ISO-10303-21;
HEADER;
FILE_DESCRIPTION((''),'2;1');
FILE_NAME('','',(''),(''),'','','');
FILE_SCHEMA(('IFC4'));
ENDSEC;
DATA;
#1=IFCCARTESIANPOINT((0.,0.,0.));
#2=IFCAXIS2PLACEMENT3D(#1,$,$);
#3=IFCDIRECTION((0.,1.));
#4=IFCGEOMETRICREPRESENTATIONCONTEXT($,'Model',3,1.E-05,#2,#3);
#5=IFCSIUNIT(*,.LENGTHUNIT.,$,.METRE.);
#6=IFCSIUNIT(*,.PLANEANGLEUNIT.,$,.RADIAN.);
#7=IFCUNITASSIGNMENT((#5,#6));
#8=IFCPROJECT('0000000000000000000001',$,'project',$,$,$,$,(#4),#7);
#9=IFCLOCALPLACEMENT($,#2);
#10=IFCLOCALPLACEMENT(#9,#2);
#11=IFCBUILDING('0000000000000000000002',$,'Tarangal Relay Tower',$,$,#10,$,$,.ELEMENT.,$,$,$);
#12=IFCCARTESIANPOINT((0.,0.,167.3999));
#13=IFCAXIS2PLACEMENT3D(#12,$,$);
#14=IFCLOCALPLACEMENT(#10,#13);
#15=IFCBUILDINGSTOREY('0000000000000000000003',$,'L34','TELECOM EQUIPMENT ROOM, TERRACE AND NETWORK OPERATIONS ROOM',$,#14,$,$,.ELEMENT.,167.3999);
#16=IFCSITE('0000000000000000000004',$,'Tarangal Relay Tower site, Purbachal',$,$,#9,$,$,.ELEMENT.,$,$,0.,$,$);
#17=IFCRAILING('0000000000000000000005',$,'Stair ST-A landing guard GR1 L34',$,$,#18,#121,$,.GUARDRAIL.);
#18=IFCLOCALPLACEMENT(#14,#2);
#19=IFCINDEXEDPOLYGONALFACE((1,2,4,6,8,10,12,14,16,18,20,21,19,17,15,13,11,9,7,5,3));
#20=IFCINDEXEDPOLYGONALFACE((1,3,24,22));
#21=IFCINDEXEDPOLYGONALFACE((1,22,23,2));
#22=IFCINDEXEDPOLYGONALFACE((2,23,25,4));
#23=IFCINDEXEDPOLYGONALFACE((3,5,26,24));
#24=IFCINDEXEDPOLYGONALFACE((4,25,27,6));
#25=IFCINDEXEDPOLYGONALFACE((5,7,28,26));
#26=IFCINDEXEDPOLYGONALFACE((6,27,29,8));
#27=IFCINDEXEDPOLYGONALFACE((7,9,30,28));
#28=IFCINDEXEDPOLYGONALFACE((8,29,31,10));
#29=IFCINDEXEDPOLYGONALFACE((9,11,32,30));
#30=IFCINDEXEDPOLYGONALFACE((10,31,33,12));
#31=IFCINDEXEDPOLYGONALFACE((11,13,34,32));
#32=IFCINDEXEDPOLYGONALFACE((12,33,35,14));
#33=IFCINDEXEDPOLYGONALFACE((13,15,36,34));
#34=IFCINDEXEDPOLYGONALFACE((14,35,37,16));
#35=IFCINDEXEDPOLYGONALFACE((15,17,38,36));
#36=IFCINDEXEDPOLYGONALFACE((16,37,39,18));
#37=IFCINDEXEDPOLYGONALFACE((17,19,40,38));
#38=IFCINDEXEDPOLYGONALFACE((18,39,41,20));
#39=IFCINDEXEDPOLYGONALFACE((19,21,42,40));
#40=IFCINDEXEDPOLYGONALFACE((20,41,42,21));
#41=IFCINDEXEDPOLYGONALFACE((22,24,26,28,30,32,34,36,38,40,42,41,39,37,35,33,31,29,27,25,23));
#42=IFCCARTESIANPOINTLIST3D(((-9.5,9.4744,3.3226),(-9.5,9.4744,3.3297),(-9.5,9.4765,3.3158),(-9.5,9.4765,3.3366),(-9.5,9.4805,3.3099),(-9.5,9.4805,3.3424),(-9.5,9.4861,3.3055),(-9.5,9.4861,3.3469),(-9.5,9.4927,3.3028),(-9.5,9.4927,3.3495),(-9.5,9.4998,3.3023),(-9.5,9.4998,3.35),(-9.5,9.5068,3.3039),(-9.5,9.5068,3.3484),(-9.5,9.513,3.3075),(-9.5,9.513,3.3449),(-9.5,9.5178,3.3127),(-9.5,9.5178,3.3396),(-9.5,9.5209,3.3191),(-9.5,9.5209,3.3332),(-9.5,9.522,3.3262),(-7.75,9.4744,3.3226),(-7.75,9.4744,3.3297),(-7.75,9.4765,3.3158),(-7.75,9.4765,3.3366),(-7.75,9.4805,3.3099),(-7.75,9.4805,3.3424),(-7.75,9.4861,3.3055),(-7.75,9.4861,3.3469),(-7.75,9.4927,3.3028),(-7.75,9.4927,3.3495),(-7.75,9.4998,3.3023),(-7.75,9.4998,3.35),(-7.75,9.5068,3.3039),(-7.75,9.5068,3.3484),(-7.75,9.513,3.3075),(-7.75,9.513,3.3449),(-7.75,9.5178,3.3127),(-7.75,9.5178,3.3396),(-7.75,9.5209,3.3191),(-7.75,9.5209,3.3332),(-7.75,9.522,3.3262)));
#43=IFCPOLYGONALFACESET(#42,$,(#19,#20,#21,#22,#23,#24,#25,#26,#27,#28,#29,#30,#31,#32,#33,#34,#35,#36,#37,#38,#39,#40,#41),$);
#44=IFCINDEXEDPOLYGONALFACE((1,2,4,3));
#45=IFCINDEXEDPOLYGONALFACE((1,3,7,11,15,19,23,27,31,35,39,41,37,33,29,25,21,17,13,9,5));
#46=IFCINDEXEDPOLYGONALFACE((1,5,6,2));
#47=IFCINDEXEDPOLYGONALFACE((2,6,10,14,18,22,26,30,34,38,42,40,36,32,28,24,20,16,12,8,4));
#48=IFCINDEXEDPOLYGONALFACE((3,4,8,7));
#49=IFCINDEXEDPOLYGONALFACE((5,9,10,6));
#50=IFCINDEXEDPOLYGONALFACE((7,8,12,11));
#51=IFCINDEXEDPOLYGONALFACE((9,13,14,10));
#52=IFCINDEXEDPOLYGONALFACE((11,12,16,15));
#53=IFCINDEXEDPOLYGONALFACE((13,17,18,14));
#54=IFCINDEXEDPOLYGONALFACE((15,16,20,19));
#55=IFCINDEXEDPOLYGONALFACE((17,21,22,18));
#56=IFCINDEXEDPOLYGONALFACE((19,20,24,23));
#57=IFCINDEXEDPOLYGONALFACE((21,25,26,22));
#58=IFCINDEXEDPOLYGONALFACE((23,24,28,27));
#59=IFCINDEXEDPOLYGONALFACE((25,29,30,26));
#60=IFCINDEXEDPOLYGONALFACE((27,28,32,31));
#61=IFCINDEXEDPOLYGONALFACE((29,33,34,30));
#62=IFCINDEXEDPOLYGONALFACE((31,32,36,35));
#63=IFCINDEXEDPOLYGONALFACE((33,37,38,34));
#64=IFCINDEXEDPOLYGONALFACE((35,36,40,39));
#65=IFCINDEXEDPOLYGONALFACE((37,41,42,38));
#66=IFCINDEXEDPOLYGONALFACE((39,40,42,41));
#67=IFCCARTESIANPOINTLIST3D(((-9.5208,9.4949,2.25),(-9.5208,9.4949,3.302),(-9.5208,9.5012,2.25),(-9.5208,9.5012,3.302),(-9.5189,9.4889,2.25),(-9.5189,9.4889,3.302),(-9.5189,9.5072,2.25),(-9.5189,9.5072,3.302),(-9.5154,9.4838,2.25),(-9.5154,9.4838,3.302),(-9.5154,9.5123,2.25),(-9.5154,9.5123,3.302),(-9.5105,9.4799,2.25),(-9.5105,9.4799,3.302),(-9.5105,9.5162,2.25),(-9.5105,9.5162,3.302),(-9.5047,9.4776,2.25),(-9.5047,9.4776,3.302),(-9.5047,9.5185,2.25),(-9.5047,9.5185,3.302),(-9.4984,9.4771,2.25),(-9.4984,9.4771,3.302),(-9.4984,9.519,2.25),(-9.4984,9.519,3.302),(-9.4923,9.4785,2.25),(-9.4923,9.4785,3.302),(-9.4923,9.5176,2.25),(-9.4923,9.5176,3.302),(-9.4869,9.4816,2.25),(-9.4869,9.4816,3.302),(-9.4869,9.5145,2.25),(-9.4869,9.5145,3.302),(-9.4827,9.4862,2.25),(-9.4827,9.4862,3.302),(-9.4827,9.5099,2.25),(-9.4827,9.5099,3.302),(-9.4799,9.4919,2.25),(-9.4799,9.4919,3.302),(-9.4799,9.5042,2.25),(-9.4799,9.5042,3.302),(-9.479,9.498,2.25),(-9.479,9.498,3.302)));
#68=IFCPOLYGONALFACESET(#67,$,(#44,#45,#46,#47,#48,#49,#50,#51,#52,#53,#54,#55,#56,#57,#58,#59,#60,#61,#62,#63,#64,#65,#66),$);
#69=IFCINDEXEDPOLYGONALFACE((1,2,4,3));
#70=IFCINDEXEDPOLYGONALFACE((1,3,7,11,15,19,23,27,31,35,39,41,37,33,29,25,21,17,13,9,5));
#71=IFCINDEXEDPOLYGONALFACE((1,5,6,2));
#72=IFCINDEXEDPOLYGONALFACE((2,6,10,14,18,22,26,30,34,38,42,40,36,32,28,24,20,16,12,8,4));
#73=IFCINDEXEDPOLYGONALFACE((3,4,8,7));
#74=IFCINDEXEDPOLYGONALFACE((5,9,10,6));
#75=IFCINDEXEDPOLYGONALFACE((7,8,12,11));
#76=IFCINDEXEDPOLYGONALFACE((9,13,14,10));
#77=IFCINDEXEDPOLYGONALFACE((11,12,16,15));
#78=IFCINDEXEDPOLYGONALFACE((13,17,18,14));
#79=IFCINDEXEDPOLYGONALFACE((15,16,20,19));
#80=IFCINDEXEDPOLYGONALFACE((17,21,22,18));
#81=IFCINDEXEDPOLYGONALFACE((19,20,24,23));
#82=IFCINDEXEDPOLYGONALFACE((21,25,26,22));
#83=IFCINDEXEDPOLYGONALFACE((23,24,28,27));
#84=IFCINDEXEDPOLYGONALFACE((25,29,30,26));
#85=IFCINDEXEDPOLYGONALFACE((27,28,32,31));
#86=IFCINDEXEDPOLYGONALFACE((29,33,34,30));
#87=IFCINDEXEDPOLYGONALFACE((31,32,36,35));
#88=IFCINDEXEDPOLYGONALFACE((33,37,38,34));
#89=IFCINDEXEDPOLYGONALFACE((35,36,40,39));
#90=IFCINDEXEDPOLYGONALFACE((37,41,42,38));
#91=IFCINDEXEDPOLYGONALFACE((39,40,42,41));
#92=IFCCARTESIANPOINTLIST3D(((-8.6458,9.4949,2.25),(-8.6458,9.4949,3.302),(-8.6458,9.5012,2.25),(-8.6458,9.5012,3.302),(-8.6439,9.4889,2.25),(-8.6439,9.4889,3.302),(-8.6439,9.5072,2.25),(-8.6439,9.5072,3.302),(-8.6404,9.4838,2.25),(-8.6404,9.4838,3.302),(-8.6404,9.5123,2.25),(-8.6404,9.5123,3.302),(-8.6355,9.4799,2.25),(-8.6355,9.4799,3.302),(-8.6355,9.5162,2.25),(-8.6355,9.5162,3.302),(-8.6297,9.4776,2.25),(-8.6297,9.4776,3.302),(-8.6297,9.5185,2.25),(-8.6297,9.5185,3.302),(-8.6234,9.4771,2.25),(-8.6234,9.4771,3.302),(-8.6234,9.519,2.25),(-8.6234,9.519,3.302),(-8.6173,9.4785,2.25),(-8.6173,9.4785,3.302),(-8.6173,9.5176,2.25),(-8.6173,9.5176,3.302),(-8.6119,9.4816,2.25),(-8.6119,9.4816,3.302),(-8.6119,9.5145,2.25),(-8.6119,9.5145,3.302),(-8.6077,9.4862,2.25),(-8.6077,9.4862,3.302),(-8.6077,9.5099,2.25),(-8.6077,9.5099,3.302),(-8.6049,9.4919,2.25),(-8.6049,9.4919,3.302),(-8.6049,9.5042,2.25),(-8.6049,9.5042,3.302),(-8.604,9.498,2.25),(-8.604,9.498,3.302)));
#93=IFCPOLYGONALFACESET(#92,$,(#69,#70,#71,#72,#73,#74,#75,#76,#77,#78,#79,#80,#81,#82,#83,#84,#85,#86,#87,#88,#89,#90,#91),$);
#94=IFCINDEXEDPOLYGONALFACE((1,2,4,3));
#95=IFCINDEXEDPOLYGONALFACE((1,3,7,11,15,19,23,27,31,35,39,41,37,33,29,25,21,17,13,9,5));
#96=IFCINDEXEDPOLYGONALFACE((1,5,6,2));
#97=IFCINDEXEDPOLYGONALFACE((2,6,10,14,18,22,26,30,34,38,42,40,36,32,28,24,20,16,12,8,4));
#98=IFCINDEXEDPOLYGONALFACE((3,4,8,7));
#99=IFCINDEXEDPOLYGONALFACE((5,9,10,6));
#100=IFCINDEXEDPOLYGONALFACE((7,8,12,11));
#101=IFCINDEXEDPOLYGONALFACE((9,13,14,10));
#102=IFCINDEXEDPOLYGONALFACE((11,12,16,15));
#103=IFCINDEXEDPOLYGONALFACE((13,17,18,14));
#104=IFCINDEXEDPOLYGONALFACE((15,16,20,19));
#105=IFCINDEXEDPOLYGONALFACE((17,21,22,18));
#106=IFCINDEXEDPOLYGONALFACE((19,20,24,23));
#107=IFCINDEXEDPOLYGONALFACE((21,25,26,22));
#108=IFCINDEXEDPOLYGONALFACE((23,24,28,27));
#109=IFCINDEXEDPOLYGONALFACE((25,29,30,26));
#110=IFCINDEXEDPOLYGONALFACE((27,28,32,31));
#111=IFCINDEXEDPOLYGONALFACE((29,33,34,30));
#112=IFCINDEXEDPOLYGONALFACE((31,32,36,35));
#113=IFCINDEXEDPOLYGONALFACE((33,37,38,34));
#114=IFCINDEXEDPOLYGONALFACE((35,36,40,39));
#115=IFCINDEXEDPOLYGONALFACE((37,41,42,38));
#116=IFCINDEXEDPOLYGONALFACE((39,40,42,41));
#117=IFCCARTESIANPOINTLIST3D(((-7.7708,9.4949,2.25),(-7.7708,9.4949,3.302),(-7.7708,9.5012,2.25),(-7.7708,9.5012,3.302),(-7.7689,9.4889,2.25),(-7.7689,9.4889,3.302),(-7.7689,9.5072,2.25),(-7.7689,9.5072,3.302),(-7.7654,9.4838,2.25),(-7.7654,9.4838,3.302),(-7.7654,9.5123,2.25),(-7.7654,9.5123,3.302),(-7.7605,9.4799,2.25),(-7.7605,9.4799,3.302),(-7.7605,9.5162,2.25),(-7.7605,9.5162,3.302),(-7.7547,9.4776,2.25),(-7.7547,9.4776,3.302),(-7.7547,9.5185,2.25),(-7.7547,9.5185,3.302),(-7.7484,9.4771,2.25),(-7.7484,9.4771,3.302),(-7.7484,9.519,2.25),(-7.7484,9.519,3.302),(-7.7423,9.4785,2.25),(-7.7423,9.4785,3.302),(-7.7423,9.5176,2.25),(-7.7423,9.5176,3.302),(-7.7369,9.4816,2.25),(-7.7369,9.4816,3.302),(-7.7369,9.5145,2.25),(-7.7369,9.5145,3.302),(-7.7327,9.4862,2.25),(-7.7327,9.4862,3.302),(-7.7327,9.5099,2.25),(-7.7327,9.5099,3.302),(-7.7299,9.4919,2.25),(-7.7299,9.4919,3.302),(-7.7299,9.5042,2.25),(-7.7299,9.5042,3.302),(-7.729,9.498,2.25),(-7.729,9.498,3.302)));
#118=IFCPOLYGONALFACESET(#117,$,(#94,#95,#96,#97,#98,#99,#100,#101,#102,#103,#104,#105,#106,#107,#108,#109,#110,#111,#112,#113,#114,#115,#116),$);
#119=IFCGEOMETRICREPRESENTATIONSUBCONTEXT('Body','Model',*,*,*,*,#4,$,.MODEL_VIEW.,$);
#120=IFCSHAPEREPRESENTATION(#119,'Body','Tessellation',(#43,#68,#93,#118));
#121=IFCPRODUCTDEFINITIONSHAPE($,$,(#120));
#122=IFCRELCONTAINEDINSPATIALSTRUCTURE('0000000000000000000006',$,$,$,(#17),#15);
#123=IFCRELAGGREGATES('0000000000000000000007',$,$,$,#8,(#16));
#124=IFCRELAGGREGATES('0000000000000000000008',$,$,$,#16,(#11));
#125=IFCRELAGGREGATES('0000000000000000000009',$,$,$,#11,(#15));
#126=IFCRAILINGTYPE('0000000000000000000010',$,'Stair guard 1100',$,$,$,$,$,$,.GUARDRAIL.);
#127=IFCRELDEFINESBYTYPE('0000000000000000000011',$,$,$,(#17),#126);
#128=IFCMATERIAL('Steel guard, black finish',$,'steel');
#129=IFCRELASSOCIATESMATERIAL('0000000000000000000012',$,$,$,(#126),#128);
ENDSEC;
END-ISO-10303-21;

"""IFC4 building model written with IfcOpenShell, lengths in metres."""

from ifc_helpers import new_model, si_unit, direction, frame, origin, origin_2d, place, context, subcontext, project, spatial, circle, extrude, material, type_object, element, save


model = new_model("IFC4")

# Units and contexts
model_context = context("Model", 3, precision=1e-05, world=origin(), true_north=direction((0.0, 1.0)))
body_context = subcontext(model_context, "Body", "Model", "MODEL_VIEW")
ifc_project = project(units=[si_unit("LENGTHUNIT", "METRE"), si_unit("PLANEANGLEUNIT", "RADIAN")], contexts=[model_context])

# Site, building, storey
site_placement = place(None, origin())
site = spatial("IfcSite", under=ifc_project, at=site_placement, Name="Tarangal Relay Tower site, Purbachal", CompositionType="ELEMENT", RefElevation=0.0)
building_placement = place(site_placement, origin())
building = spatial("IfcBuilding", under=site, at=building_placement, Name="Tarangal Relay Tower", CompositionType="ELEMENT")
storey_placement = place(building_placement, frame((0.0, 0.0, 167.3999)))
storey = spatial("IfcBuildingStorey", under=building, at=storey_placement, Name="L34", Description="TELECOM EQUIPMENT ROOM, TERRACE AND NETWORK OPERATIONS ROOM", CompositionType="ELEMENT", Elevation=167.3999)

# Railing
ifc_material_1 = material(Name="Steel guard, black finish", Category="steel")
railing_type_1 = type_object("IfcRailingType", Name="Stair guard 1100", PredefinedType="GUARDRAIL", material=ifc_material_1)
railing_1_placement = place(storey_placement, frame((-9.5, 9.498, 2.25)))
element("IfcRailing", 1, at=railing_1_placement, inside=storey, type_object=railing_type_1, Name="Stair ST-A landing guard GR1 L34", PredefinedType="GUARDRAIL", context=body_context, shape_type="SweptSolid", body=[
    extrude(circle(Radius=0.0239, at=origin_2d()), frame((0.0, 0.0, 1.0762), z_axis=(1.0, 0.0, 0.0), x_axis=(0.0, 1.0, 0.0)), (0.0, 0.0, 1.0), 1.75),
    extrude(circle(Radius=0.021, at=origin_2d()), origin(), (0.0, 0.0, 1.0), 1.052),
    extrude(circle(Radius=0.021, at=origin_2d()), frame((0.875, 0.0, 0.0)), (0.0, 0.0, 1.0), 1.052),
    extrude(circle(Radius=0.021, at=origin_2d()), frame((1.75, 0.0, 0.0)), (0.0, 0.0, 1.0), 1.052),
])

save(model, "model.ifc")
